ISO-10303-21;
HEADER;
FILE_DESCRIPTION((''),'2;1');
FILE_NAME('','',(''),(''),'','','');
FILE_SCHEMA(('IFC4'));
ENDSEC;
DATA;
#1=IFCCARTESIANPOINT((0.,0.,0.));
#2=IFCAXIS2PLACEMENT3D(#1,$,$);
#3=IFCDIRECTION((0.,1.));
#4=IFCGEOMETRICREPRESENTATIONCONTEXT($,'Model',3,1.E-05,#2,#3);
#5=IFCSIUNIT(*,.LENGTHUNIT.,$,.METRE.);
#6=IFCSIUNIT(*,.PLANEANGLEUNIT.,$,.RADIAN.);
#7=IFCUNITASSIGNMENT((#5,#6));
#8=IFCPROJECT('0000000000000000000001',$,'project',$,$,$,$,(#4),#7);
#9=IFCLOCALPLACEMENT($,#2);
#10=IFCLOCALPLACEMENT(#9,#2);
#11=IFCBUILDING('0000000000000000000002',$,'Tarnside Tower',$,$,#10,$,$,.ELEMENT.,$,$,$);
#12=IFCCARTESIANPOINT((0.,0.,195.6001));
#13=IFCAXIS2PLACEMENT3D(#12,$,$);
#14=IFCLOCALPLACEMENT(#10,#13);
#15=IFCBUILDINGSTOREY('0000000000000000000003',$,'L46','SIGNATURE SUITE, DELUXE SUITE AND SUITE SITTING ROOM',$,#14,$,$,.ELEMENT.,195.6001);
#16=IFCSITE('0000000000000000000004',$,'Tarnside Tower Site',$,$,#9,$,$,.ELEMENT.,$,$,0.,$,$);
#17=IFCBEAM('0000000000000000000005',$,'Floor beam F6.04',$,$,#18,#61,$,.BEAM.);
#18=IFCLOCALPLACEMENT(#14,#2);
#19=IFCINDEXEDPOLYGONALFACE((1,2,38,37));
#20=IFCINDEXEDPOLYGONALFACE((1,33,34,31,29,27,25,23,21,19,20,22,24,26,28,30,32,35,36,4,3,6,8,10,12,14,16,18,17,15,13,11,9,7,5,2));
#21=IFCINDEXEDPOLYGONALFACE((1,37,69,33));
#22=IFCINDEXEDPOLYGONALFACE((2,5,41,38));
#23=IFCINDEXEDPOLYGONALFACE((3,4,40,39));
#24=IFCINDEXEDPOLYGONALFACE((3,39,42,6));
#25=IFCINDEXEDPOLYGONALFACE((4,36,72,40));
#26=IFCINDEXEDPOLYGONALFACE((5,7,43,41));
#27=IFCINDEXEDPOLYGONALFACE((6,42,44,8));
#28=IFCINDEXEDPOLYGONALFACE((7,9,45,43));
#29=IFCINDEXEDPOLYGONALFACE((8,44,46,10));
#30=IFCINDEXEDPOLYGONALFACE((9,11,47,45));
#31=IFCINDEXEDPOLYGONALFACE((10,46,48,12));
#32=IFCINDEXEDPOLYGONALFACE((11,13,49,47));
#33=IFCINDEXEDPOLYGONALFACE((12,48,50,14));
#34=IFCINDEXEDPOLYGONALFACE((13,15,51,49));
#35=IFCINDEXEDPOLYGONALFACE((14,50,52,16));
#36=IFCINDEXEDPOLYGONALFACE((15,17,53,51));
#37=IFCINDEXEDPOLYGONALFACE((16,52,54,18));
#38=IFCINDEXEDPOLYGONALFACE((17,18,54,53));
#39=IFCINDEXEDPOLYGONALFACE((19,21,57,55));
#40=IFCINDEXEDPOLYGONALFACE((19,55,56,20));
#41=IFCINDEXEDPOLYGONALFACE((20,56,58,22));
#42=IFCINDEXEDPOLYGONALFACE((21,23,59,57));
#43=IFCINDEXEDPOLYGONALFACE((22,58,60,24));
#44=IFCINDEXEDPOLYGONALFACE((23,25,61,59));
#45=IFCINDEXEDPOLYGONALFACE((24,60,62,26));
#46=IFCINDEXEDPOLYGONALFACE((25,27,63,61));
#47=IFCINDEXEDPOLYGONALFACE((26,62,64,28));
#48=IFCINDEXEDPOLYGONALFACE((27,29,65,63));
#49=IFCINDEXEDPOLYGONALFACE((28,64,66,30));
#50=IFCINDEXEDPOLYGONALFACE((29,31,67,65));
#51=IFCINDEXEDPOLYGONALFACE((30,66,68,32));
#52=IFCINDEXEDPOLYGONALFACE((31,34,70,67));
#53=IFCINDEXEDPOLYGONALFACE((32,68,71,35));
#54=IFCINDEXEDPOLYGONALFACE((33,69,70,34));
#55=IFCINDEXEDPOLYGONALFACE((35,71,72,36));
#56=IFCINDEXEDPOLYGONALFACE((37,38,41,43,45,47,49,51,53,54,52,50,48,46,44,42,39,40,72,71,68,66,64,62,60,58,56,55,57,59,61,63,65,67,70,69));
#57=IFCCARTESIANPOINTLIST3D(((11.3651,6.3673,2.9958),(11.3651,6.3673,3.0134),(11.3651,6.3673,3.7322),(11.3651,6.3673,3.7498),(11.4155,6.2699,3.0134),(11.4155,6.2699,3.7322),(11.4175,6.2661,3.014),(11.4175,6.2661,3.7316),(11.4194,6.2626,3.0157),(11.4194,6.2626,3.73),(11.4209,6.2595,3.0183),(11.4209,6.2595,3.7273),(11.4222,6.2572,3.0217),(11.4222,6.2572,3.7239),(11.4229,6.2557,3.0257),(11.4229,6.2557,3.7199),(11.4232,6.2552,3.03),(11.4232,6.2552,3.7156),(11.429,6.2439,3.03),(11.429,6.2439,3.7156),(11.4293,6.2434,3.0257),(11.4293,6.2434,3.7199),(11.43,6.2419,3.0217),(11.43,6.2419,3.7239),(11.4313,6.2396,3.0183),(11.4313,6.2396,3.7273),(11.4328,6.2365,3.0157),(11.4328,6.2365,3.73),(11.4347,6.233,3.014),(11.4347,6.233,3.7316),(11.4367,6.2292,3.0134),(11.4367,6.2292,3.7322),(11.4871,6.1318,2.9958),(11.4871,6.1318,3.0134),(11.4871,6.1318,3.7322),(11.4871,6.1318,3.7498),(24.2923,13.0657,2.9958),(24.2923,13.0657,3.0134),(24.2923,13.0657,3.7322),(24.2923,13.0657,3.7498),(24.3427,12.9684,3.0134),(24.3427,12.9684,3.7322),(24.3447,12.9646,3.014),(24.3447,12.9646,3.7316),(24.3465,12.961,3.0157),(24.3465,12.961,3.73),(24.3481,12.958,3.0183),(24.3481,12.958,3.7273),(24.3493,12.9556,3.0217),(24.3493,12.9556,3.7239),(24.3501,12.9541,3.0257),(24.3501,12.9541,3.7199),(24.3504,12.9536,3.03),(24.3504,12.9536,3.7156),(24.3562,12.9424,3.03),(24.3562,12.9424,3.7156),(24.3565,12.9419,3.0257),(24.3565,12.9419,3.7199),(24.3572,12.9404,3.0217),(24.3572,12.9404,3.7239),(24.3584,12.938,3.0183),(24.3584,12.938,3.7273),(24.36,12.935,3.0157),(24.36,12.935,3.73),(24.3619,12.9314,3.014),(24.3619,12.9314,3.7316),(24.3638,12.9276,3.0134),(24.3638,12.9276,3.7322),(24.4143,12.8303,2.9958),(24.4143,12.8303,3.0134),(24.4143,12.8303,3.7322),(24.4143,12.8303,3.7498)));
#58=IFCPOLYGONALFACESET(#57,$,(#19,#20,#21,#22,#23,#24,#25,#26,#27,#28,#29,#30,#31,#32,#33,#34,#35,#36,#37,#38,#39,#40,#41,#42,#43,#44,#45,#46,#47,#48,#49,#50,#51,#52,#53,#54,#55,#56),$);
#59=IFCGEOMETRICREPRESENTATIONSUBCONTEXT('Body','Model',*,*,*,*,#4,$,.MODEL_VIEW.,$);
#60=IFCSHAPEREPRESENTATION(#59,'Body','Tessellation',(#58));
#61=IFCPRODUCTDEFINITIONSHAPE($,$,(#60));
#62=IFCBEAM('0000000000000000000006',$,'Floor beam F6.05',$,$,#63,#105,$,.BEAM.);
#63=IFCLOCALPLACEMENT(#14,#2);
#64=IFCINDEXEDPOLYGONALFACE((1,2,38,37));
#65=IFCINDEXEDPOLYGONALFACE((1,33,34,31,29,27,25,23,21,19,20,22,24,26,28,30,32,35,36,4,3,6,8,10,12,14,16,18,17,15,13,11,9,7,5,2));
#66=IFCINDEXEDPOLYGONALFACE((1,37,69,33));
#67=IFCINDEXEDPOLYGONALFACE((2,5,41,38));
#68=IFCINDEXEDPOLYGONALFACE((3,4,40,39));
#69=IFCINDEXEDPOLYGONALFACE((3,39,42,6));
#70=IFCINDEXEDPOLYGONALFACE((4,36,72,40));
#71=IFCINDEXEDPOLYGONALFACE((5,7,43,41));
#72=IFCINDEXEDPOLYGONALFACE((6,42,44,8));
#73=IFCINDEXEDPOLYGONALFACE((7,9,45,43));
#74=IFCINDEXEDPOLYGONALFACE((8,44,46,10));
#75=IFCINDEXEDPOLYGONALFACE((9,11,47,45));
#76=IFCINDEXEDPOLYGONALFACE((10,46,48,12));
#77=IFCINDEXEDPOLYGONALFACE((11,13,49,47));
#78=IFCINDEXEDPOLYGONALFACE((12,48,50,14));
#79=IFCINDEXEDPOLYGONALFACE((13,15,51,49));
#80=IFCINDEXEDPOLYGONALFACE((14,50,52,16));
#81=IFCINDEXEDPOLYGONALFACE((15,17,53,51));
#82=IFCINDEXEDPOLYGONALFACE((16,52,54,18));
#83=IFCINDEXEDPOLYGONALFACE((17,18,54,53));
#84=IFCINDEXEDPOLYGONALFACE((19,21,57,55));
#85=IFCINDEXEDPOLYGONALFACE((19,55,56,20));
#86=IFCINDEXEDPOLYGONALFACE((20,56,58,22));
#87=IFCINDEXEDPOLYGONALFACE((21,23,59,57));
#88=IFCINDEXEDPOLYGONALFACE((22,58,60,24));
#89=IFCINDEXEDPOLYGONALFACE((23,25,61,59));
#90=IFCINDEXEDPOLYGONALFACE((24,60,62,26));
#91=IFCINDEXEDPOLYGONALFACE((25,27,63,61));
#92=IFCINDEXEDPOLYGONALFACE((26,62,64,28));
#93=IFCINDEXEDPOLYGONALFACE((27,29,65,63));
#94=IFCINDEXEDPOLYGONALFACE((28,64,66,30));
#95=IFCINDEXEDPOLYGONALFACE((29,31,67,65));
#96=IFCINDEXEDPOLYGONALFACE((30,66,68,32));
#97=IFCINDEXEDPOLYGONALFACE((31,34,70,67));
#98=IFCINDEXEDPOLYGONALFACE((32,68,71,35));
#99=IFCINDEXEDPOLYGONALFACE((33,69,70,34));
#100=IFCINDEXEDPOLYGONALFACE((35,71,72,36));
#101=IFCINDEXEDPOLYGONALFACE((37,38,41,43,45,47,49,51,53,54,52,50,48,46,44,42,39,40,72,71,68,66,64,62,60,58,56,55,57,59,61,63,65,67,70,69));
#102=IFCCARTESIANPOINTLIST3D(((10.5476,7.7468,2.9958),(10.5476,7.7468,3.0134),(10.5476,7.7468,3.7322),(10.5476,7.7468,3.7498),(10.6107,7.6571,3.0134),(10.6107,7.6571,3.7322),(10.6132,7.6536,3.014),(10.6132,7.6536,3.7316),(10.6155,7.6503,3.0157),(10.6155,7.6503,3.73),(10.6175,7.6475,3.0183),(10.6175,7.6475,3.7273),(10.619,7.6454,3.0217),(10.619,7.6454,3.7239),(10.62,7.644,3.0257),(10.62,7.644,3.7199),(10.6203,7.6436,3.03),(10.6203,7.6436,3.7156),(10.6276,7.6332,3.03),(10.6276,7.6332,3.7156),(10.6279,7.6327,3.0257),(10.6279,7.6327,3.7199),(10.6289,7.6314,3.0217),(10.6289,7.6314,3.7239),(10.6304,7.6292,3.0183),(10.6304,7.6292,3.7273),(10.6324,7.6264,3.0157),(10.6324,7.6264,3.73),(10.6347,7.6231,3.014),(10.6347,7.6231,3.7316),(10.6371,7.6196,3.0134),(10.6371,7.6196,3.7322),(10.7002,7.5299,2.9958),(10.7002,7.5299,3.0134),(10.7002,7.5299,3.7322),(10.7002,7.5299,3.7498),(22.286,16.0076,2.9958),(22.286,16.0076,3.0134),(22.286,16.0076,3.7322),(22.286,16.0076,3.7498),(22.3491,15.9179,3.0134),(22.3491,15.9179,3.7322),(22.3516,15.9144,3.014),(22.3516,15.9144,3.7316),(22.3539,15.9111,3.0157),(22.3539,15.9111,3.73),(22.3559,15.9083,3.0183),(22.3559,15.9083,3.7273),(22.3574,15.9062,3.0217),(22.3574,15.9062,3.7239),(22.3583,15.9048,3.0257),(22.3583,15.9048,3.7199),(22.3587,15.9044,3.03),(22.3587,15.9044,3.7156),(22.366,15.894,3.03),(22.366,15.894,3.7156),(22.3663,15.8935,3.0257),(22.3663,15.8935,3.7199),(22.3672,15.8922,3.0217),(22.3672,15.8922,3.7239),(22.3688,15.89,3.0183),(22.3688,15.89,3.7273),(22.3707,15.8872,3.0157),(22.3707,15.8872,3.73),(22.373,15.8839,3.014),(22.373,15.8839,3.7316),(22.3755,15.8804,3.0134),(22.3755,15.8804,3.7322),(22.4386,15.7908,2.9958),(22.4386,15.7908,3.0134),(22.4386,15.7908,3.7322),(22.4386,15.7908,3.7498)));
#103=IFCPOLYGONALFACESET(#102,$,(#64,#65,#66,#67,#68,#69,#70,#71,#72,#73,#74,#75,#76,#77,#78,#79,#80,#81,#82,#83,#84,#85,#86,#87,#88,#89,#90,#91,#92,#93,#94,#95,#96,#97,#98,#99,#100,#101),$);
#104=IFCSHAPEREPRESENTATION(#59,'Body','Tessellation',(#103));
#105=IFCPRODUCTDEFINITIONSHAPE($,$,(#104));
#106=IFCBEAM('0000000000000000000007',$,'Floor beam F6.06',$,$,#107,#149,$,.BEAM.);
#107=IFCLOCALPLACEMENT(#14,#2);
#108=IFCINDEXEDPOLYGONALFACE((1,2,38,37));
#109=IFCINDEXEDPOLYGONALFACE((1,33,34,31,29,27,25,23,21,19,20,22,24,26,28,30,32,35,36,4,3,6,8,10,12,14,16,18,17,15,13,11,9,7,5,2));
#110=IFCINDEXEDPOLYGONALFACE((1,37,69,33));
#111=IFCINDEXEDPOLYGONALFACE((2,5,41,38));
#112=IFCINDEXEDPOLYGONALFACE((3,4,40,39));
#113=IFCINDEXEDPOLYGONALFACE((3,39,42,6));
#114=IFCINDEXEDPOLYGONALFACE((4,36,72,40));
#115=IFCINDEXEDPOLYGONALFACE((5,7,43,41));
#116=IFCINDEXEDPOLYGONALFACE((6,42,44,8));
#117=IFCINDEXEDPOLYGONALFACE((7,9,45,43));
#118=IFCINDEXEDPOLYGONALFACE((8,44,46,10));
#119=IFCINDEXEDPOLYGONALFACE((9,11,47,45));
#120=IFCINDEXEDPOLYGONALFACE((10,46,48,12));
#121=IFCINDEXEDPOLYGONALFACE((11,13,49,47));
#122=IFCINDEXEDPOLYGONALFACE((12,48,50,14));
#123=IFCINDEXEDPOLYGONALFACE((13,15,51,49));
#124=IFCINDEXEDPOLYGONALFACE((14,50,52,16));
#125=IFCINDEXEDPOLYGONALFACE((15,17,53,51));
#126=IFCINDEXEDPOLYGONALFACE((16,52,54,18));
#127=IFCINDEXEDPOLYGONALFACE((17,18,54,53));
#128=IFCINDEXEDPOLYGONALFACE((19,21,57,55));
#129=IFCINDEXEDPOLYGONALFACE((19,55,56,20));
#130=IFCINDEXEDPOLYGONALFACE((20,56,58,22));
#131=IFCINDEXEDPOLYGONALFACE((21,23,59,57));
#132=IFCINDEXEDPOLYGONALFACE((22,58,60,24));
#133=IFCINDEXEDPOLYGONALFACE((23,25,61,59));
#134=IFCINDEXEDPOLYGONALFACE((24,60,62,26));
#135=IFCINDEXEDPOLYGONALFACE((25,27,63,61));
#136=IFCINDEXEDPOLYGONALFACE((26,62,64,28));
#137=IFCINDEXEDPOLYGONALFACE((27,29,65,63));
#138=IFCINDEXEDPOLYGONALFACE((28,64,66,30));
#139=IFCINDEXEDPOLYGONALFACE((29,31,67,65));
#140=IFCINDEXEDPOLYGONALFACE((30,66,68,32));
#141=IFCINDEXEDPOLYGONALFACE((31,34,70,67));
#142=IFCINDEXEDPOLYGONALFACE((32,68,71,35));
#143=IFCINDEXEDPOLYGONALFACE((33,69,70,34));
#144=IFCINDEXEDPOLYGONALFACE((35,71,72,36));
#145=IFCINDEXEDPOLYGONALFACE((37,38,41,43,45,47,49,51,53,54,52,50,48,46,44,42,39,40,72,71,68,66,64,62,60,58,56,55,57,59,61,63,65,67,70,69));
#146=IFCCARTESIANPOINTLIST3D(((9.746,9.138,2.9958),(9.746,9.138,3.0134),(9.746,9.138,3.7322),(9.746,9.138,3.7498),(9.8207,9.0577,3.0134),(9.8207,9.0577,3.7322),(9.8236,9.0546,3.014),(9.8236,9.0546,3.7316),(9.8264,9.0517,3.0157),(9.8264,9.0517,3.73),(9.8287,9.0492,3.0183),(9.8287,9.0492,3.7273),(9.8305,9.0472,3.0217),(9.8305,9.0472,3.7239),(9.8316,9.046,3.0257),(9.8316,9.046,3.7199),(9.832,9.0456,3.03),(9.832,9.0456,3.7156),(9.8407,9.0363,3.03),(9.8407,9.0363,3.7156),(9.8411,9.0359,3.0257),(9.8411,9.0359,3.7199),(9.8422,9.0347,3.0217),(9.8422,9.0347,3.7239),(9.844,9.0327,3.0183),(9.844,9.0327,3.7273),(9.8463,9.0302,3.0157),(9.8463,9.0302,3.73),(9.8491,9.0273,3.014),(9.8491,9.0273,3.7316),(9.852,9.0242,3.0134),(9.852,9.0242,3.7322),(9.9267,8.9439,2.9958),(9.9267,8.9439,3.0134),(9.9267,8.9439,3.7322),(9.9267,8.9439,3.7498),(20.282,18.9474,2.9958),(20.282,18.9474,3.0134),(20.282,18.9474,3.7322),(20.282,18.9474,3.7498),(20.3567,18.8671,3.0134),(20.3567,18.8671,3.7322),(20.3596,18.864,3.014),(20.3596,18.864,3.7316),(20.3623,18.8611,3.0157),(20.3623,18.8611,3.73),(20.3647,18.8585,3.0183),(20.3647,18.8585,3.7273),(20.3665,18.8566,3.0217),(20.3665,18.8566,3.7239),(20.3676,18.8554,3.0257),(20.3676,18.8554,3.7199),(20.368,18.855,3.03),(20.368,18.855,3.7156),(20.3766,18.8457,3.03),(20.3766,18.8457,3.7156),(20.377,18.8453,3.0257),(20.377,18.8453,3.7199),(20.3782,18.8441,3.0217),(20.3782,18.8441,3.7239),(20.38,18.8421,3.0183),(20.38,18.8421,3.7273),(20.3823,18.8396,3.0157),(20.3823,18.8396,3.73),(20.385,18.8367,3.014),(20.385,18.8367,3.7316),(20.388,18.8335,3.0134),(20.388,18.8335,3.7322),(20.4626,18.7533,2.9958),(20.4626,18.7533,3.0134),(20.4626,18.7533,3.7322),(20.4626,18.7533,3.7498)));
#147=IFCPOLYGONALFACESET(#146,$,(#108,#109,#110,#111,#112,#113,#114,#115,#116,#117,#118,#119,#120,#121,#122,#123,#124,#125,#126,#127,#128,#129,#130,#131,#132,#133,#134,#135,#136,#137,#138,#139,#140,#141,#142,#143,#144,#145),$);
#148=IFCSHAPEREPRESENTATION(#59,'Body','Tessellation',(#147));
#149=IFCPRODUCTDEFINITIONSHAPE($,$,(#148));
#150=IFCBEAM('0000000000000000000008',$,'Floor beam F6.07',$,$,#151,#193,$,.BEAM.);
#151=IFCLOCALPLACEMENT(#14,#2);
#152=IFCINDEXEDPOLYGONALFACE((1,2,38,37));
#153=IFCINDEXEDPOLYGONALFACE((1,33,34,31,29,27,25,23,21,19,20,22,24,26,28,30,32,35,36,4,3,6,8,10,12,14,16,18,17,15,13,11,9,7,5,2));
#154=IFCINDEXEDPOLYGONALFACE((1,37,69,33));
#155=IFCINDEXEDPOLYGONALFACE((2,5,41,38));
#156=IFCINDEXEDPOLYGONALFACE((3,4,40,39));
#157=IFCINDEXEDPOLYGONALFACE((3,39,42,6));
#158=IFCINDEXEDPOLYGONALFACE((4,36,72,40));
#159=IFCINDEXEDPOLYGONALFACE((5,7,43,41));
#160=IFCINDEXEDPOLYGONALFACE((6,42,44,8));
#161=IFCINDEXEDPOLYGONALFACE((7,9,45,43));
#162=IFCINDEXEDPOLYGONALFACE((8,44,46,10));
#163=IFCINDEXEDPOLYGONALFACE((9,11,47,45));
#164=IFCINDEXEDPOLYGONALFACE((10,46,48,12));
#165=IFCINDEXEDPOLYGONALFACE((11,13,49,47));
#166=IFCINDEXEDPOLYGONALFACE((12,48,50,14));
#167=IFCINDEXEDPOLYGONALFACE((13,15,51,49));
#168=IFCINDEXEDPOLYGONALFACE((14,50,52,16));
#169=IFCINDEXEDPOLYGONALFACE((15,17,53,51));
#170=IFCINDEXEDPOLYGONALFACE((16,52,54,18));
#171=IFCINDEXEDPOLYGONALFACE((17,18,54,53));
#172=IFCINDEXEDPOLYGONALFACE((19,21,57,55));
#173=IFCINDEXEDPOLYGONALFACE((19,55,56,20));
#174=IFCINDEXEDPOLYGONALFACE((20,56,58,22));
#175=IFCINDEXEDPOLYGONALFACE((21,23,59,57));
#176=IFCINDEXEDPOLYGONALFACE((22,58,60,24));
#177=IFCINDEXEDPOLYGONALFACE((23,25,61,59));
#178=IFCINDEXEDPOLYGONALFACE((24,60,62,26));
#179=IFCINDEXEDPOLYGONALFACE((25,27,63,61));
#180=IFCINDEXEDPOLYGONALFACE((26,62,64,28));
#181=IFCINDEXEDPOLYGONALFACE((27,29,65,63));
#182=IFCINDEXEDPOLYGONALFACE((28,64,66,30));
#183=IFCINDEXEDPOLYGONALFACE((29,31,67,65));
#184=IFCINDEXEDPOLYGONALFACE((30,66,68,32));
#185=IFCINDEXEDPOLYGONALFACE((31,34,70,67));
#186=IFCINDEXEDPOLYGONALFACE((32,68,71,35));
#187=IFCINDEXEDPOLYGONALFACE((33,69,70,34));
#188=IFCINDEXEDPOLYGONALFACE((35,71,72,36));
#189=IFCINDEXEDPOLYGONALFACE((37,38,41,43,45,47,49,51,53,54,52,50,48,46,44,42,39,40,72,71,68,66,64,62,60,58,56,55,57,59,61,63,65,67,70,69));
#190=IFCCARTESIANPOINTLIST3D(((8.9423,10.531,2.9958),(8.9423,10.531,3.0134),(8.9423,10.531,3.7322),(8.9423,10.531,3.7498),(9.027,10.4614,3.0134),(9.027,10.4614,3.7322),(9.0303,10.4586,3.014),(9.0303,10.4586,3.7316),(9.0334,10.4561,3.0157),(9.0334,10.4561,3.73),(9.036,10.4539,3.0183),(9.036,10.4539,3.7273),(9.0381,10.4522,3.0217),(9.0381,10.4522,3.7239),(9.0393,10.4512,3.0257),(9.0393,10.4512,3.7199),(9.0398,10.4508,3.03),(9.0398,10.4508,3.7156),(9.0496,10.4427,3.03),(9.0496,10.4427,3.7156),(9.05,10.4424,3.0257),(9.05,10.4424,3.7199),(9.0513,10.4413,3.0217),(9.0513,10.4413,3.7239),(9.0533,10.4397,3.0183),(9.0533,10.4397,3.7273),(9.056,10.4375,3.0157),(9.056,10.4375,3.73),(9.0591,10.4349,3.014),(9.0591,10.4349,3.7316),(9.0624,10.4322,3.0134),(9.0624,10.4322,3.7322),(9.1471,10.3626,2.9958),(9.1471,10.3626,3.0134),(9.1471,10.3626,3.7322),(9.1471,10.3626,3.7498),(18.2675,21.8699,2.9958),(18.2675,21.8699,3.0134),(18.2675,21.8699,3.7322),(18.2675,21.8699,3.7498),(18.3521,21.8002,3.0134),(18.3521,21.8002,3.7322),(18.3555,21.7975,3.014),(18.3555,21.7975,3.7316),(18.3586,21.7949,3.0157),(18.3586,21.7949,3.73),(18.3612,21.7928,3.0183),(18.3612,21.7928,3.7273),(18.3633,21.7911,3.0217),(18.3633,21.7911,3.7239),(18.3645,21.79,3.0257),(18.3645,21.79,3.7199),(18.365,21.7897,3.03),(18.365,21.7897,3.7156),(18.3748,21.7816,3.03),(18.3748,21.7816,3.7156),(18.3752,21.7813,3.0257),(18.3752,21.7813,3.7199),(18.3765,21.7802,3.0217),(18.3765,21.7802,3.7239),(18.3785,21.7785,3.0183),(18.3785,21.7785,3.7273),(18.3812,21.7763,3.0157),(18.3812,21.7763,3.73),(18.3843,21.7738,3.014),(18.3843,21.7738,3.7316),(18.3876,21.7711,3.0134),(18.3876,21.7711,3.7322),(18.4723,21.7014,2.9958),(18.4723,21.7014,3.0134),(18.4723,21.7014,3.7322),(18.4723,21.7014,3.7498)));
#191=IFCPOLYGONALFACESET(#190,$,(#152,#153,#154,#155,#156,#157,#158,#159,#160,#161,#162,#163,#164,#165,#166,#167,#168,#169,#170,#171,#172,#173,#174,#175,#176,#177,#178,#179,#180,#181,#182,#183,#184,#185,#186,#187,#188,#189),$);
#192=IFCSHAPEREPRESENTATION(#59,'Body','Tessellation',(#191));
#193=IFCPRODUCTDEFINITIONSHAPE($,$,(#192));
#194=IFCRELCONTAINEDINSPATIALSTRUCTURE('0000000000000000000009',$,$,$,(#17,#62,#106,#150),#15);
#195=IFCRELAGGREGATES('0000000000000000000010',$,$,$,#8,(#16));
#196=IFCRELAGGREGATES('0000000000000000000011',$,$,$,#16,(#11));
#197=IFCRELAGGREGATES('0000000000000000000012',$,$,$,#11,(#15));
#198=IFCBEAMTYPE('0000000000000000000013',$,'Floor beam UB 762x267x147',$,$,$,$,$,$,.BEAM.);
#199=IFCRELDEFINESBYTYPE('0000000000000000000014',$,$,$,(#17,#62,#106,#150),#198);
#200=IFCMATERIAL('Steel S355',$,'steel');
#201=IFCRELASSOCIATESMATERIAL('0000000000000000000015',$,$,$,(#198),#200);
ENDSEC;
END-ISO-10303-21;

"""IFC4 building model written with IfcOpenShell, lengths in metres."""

from ifc_helpers import new_model, si_unit, direction, frame, origin, origin_2d, place, context, subcontext, project, spatial, i_section, extrude, material, material_profile, profile_set, type_object, element, save


model = new_model("IFC4")

# Units and contexts
model_context = context("Model", 3, precision=1e-05, world=origin(), true_north=direction((0.0, 1.0)))
body_context = subcontext(model_context, "Body", "Model", "MODEL_VIEW")
ifc_project = project(units=[si_unit("LENGTHUNIT", "METRE"), si_unit("PLANEANGLEUNIT", "RADIAN")], contexts=[model_context])

# Site, building, storey
site_placement = place(None, origin())
site = spatial("IfcSite", under=ifc_project, at=site_placement, Name="Tarnside Tower Site", CompositionType="ELEMENT", RefElevation=0.0)
building_placement = place(site_placement, origin())
building = spatial("IfcBuilding", under=site, at=building_placement, Name="Tarnside Tower", CompositionType="ELEMENT")
storey_placement = place(building_placement, frame((0.0, 0.0, 195.6001)))
storey = spatial("IfcBuildingStorey", under=building, at=storey_placement, Name="L46", Description="SIGNATURE SUITE, DELUXE SUITE AND SUITE SITTING ROOM", CompositionType="ELEMENT", Elevation=195.6001)

# Beams
ifc_material_1 = material(Name="Steel S355", Category="steel")
ifc_material_profile_1 = material_profile(ifc_material_1, i_section(OverallWidth=0.2651, OverallDepth=0.7539, WebThickness=0.0127, FlangeThickness=0.0176, FilletRadius=0.0166, at=origin_2d()), Name="UB 762x267x147")
ifc_profile_set_1 = profile_set([ifc_material_profile_1], Name="Steel S355")
beam_type_1 = type_object("IfcBeamType", Name="Floor beam UB 762x267x147", PredefinedType="BEAM", material=ifc_profile_set_1)
beam_1_placement = place(storey_placement, frame((24.3533, 12.948, 3.3728), z_axis=(-0.887882, -0.460072, 0.0), x_axis=(0.460072, -0.887882, 0.0)))
element("IfcBeam", 1, at=beam_1_placement, inside=storey, type_object=beam_type_1, Name="Floor beam F6.04", PredefinedType="BEAM", context=body_context, shape_type="SweptSolid", body=[
    extrude(i_section(OverallWidth=0.2651, OverallDepth=0.7539, WebThickness=0.0127, FlangeThickness=0.0176, FilletRadius=0.0166, at=origin_2d()), origin(), (0.0, 0.0, 1.0), 14.5596),
])
beam_2_placement = place(storey_placement, frame((22.3623, 15.8992, 3.3728), z_axis=(-0.817791, -0.575515, 0.0), x_axis=(0.575515, -0.817791, 0.0)))
element("IfcBeam", 2, at=beam_2_placement, inside=storey, type_object=beam_type_1, Name="Floor beam F6.05", PredefinedType="BEAM", context=body_context, shape_type="SweptSolid", body=[
    extrude(i_section(OverallWidth=0.2651, OverallDepth=0.7539, WebThickness=0.0127, FlangeThickness=0.0176, FilletRadius=0.0166, at=origin_2d()), origin(), (0.0, 0.0, 1.0), 14.3538),
])
beam_3_placement = place(storey_placement, frame((20.3723, 18.8503, 3.3728), z_axis=(-0.731892, -0.68142, 0.0), x_axis=(0.68142, -0.731892, 0.0)))
element("IfcBeam", 3, at=beam_3_placement, inside=storey, type_object=beam_type_1, Name="Floor beam F6.06", PredefinedType="BEAM", context=body_context, shape_type="SweptSolid", body=[
    extrude(i_section(OverallWidth=0.2651, OverallDepth=0.7539, WebThickness=0.0127, FlangeThickness=0.0176, FilletRadius=0.0166, at=origin_2d()), origin(), (0.0, 0.0, 1.0), 14.3955),
])
beam_4_placement = place(storey_placement, frame((18.3699, 21.7856, 3.3728), z_axis=(-0.635192, -0.772354, 0.0), x_axis=(0.772354, -0.635192, 0.0)))
element("IfcBeam", 4, at=beam_4_placement, inside=storey, type_object=beam_type_1, Name="Floor beam F6.07", PredefinedType="BEAM", context=body_context, shape_type="SweptSolid", body=[
    extrude(i_section(OverallWidth=0.2651, OverallDepth=0.7539, WebThickness=0.0127, FlangeThickness=0.0176, FilletRadius=0.0166, at=origin_2d()), origin(), (0.0, 0.0, 1.0), 14.6809),
])

save(model, "model.ifc")
